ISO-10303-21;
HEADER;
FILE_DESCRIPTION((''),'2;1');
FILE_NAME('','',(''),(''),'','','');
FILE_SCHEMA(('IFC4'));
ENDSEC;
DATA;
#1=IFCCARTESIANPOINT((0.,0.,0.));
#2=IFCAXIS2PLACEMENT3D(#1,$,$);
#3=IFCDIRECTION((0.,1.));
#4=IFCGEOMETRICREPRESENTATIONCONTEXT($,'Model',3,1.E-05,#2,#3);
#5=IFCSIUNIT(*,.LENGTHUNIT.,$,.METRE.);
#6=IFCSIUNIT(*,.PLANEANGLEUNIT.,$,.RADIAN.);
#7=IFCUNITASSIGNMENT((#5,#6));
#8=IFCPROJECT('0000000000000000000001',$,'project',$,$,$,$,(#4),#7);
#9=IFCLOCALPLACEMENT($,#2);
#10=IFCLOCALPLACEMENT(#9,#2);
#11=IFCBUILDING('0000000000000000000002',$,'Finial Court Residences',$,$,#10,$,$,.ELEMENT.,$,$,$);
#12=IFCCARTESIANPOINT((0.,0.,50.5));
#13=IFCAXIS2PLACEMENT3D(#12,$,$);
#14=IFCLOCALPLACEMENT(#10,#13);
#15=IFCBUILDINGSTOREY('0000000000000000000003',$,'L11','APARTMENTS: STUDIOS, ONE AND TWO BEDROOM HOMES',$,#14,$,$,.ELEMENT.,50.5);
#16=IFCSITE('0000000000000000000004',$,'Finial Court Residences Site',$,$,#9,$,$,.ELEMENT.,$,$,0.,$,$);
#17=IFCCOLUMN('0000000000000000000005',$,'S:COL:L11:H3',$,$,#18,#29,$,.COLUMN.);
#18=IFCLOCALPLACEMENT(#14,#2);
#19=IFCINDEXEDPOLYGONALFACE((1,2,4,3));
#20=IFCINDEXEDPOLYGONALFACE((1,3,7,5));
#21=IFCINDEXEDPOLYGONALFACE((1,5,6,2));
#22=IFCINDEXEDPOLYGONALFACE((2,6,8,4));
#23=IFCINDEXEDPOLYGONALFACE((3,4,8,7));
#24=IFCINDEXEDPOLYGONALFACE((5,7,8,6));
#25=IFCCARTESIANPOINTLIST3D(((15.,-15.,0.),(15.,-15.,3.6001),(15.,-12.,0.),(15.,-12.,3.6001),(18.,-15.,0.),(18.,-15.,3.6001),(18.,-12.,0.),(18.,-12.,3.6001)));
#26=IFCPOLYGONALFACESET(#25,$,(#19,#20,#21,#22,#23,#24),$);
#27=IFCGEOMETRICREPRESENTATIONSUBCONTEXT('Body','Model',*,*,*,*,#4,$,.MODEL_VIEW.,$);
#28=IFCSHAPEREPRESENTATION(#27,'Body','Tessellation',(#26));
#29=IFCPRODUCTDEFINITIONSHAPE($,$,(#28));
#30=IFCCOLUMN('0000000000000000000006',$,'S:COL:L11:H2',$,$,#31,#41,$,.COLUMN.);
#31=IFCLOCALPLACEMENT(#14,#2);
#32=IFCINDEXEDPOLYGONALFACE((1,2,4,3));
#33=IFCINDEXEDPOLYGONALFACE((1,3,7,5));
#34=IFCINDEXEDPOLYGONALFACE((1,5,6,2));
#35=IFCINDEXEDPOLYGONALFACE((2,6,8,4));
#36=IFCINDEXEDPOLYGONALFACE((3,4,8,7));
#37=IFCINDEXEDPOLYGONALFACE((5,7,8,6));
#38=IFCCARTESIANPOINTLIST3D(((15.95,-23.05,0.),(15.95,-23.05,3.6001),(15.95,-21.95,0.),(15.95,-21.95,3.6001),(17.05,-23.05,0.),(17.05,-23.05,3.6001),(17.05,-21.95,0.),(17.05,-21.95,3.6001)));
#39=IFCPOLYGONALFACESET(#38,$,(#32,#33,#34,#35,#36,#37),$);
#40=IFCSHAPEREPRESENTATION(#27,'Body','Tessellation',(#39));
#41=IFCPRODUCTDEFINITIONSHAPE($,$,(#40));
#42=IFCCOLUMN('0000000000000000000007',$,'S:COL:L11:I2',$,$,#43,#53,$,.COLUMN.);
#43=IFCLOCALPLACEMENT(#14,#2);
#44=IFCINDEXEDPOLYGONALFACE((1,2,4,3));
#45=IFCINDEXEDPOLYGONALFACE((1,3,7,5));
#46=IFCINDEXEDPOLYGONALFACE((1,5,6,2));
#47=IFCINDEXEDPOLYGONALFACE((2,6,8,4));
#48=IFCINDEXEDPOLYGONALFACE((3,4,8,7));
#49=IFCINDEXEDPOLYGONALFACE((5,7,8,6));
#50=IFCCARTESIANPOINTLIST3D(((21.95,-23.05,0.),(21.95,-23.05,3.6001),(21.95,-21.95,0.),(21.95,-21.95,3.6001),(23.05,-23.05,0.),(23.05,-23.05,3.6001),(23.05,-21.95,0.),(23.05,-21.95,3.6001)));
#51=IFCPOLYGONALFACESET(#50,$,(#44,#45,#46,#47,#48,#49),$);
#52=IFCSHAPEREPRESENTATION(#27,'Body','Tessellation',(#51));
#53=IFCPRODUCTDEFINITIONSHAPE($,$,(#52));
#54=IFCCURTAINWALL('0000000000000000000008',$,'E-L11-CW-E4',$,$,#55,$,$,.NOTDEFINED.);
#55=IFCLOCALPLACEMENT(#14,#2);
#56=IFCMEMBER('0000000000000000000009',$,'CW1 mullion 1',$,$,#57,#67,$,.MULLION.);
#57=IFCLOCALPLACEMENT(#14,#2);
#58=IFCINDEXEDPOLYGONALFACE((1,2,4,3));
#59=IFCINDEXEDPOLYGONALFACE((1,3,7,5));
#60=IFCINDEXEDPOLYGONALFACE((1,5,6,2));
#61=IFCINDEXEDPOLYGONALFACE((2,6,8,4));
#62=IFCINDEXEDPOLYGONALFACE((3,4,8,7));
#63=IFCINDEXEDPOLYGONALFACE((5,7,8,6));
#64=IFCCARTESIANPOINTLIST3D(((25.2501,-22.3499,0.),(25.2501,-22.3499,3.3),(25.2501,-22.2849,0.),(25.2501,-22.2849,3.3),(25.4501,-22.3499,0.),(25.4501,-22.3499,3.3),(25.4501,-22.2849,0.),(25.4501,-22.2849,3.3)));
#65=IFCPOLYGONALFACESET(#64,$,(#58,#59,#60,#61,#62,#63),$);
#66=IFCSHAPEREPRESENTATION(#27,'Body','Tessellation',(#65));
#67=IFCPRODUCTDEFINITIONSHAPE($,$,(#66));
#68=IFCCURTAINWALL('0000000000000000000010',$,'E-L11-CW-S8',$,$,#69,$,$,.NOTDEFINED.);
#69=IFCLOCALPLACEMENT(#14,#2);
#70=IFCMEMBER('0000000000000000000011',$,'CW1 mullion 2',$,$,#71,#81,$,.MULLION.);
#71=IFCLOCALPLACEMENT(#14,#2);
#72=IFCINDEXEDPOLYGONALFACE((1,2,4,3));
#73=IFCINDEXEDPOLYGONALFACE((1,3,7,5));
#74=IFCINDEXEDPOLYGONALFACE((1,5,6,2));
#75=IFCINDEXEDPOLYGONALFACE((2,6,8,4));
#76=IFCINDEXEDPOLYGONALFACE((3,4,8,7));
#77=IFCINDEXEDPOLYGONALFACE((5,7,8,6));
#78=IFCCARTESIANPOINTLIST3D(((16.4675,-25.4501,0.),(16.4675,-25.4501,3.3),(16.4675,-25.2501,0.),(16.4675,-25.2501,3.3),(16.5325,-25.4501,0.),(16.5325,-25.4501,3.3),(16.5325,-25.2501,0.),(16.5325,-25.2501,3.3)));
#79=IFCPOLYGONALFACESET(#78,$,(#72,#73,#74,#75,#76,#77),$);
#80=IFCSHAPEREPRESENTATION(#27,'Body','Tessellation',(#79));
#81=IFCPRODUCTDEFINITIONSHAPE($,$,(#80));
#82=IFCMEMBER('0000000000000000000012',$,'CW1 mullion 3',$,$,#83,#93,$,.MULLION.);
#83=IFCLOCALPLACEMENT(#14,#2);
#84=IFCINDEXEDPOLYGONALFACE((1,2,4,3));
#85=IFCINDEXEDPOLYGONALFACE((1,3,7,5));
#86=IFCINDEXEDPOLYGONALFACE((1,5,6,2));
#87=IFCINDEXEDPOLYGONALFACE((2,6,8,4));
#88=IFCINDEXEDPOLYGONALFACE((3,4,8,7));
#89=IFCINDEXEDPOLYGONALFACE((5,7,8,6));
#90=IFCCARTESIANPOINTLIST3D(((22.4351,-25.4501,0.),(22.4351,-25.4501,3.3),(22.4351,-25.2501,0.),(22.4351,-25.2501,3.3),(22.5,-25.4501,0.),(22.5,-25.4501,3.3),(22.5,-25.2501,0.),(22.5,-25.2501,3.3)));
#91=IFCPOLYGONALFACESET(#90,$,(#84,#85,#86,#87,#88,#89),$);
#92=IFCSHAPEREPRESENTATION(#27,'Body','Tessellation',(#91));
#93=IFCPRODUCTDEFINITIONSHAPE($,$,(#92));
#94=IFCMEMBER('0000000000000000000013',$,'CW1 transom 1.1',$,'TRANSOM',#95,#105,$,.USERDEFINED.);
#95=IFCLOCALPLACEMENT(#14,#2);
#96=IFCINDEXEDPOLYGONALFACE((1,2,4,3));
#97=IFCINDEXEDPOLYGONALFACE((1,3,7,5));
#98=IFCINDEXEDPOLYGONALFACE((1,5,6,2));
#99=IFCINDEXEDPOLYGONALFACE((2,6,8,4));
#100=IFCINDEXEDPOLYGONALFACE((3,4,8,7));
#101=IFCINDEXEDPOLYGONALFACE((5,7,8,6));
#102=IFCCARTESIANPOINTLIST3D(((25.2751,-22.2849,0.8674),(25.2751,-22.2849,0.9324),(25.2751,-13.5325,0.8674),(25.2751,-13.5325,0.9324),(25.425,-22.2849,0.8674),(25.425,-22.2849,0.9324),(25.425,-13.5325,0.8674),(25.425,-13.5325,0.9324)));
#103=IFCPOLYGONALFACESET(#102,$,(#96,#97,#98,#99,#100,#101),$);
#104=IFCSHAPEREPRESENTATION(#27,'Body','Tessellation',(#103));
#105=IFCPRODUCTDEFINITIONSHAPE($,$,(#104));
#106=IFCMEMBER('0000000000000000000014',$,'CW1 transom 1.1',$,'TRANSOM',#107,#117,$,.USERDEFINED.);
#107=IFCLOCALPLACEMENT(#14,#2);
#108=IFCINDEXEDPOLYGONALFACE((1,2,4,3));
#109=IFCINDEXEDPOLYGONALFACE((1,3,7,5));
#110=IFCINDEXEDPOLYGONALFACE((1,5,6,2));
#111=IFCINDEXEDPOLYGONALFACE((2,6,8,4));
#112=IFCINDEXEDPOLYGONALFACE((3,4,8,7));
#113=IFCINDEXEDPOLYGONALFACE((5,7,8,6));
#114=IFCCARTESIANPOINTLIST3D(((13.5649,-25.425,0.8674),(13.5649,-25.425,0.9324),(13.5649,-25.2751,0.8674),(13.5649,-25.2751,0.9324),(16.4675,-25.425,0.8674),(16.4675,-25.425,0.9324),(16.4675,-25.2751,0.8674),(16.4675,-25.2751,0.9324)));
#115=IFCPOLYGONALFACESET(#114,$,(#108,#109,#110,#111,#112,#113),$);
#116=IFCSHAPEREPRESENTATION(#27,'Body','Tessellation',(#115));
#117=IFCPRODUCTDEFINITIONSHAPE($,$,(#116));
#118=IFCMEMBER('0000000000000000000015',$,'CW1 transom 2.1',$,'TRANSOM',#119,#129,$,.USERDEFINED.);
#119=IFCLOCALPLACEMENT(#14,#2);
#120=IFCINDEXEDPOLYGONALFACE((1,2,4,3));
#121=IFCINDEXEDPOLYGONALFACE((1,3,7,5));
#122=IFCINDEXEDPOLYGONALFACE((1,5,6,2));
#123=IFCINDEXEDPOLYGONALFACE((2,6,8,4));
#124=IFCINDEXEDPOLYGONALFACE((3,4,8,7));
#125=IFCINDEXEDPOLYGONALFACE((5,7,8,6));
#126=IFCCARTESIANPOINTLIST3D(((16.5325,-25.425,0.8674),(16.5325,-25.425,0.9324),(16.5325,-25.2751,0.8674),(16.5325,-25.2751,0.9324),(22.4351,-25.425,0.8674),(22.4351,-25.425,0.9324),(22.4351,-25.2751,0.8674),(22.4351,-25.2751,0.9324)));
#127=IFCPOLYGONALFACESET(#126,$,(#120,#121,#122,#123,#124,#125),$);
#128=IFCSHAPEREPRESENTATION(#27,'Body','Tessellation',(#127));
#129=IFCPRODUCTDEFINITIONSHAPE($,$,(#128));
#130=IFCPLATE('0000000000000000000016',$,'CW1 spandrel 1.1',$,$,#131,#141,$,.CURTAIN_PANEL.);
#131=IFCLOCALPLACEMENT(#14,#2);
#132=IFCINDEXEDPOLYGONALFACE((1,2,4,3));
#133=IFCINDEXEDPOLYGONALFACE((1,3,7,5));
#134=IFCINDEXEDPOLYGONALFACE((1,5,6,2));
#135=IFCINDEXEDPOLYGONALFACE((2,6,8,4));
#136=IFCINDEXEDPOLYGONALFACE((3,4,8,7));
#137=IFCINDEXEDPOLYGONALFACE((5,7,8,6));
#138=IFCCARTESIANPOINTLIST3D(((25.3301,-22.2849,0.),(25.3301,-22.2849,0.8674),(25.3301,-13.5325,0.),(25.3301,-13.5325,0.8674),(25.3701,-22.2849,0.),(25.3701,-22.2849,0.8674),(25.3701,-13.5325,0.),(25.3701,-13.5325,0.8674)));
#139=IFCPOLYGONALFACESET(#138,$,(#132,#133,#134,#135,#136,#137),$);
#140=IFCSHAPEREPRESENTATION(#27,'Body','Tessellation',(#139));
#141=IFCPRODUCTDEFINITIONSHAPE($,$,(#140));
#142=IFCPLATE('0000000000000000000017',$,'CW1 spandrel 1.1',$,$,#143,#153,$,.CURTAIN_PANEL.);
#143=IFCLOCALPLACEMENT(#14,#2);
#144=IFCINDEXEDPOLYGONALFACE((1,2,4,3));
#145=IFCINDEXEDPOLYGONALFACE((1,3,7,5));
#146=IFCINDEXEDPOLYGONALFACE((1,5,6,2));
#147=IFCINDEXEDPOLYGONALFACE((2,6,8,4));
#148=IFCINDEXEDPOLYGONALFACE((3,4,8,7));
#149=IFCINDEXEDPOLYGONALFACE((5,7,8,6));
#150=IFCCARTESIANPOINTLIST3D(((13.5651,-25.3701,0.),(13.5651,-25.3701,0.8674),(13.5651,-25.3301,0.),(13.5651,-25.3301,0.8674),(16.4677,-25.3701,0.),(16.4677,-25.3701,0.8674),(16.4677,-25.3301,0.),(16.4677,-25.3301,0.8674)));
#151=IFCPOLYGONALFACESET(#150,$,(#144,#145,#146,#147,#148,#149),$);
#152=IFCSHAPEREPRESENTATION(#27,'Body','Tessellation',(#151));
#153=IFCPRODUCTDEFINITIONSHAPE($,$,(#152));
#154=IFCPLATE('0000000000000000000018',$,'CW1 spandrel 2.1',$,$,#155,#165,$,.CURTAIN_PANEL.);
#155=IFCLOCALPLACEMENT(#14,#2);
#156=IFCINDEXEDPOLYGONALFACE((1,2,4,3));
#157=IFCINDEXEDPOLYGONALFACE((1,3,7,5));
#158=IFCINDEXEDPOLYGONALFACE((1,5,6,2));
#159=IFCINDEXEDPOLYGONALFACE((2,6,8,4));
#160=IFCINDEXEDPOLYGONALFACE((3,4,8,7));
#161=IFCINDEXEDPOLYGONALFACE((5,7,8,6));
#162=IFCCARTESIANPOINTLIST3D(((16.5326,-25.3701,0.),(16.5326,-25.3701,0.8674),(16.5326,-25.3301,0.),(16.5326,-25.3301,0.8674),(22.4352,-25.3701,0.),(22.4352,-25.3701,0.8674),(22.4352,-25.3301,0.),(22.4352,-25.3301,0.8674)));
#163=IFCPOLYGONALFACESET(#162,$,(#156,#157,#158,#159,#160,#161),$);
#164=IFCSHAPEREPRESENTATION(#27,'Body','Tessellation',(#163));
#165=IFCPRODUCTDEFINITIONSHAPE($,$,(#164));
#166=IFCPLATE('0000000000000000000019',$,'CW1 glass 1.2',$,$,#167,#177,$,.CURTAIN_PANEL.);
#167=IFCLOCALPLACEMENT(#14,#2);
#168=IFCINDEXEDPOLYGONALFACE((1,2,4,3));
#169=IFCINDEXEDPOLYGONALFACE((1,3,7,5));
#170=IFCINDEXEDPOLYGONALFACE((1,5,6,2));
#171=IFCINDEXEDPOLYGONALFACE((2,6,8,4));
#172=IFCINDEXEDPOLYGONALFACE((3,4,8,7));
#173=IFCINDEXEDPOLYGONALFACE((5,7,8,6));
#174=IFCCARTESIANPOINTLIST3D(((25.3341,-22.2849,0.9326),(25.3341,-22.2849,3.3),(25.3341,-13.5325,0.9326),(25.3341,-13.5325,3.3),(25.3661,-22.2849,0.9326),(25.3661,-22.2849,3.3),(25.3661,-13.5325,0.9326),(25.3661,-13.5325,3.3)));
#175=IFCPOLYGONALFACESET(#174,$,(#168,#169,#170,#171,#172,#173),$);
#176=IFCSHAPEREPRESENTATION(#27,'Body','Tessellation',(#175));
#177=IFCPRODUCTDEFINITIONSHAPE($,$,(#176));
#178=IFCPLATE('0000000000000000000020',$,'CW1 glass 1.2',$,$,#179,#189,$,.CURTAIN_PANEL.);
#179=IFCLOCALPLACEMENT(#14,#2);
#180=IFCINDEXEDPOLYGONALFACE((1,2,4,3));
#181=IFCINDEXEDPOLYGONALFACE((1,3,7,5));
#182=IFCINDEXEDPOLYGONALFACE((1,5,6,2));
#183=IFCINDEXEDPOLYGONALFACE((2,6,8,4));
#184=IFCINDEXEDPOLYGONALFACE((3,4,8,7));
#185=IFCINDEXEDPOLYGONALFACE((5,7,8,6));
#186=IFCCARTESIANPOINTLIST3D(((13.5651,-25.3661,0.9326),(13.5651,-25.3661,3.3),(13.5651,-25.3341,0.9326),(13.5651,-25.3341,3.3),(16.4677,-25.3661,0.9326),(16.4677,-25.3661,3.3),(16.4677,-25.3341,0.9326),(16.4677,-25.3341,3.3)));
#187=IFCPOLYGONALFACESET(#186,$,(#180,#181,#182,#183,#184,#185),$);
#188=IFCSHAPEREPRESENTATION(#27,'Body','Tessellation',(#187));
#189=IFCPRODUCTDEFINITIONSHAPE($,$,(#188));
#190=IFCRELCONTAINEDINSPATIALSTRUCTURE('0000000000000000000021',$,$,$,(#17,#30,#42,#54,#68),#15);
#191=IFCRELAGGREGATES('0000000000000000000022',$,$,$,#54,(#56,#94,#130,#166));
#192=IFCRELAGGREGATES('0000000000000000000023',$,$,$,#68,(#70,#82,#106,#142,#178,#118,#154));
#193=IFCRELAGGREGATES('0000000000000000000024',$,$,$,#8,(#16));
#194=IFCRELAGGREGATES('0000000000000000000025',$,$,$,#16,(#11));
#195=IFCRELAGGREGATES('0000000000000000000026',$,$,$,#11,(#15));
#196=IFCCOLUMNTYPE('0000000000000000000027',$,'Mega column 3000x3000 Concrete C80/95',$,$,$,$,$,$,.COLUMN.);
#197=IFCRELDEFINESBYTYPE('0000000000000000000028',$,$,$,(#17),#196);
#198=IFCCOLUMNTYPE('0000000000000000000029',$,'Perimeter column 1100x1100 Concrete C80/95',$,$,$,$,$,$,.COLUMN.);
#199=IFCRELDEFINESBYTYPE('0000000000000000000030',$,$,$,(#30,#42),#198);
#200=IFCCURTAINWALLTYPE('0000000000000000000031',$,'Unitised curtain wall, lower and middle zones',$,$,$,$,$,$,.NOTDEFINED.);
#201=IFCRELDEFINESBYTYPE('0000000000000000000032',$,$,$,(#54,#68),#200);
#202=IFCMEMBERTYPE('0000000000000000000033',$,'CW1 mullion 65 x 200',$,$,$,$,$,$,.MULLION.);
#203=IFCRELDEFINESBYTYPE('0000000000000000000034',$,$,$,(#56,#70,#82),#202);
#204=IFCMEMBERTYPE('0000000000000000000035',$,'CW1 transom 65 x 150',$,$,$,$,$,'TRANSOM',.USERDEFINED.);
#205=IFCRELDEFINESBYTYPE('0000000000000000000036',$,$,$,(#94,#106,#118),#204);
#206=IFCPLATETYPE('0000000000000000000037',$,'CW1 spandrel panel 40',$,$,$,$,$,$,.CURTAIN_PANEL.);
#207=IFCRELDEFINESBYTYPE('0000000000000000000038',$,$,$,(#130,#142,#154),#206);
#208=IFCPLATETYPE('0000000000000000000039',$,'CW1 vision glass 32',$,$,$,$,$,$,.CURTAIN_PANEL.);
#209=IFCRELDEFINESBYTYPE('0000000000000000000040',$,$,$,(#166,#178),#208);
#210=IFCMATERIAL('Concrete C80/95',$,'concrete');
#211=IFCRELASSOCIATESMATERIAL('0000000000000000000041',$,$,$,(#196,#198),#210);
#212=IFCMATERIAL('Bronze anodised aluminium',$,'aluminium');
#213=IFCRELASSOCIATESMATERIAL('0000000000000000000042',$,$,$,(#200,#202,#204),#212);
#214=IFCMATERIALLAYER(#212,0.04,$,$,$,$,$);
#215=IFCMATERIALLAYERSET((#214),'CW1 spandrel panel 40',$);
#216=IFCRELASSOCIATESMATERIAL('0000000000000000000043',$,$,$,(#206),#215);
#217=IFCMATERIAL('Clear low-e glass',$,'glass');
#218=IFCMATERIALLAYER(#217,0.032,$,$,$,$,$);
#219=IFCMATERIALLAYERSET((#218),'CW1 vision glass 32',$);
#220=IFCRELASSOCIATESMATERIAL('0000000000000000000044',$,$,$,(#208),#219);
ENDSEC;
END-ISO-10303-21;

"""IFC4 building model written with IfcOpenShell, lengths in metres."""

from ifc_helpers import new_model, si_unit, direction, frame, origin, origin_2d, place, context, subcontext, project, spatial, rectangle, extrude, material, layer, layer_set, material_profile, profile_set, type_object, element, aggregate, save


model = new_model("IFC4")

# Units and contexts
model_context = context("Model", 3, precision=1e-05, world=origin(), true_north=direction((0.0, 1.0)))
body_context = subcontext(model_context, "Body", "Model", "MODEL_VIEW")
ifc_project = project(units=[si_unit("LENGTHUNIT", "METRE"), si_unit("PLANEANGLEUNIT", "RADIAN")], contexts=[model_context])

# Site, building, storey
site_placement = place(None, origin())
site = spatial("IfcSite", under=ifc_project, at=site_placement, Name="Finial Court Residences Site", CompositionType="ELEMENT", RefElevation=0.0)
building_placement = place(site_placement, origin())
building = spatial("IfcBuilding", under=site, at=building_placement, Name="Finial Court Residences", CompositionType="ELEMENT")
storey_placement = place(building_placement, frame((0.0, 0.0, 50.5)))
storey = spatial("IfcBuildingStorey", under=building, at=storey_placement, Name="L11", Description="APARTMENTS: STUDIOS, ONE AND TWO BEDROOM HOMES", CompositionType="ELEMENT", Elevation=50.5)

# Columns
ifc_material_1 = material(Name="Concrete C80/95", Category="concrete")
ifc_material_profile_1 = material_profile(ifc_material_1, rectangle(XDim=3.0, YDim=3.0, at=origin_2d()), Name="3000x3000")
ifc_profile_set_1 = profile_set([ifc_material_profile_1], Name="Concrete C80/95")
column_type_1 = type_object("IfcColumnType", Name="Mega column 3000x3000 Concrete C80/95", PredefinedType="COLUMN", material=ifc_profile_set_1)
column_placement = place(storey_placement, frame((16.5, -13.5, 0.0), z_axis=(0.0, 0.0, 1.0), x_axis=(1.0, 0.0, 0.0)))
element("IfcColumn", 1, at=column_placement, inside=storey, type_object=column_type_1, Name="S:COL:L11:H3", PredefinedType="COLUMN", context=body_context, shape_type="SweptSolid", body=[
    extrude(rectangle(XDim=3.0, YDim=3.0, at=origin_2d()), origin(), (0.0, 0.0, 1.0), 3.6001),
])
ifc_material_profile_2 = material_profile(ifc_material_1, rectangle(XDim=1.1001, YDim=1.1001, at=origin_2d()), Name="1100x1100")
ifc_profile_set_2 = profile_set([ifc_material_profile_2], Name="Concrete C80/95")
column_type_2 = type_object("IfcColumnType", Name="Perimeter column 1100x1100 Concrete C80/95", PredefinedType="COLUMN", material=ifc_profile_set_2)
for number, where, z_axis, x_axis, name in (
    (2, (16.5, -22.5, 0.0), (0.0, 0.0, 1.0), (1.0, 0.0, 0.0), "S:COL:L11:H2"),
    (3, (22.5, -22.5, 0.0), (0.0, 0.0, 1.0), (1.0, 0.0, 0.0), "S:COL:L11:I2"),
):
    element("IfcColumn", number, at=place(storey_placement, frame(where, z_axis=z_axis, x_axis=x_axis)), inside=storey, type_object=column_type_2, Name=name, PredefinedType="COLUMN", context=body_context, shape_type="SweptSolid", body=[
        extrude(rectangle(XDim=1.1001, YDim=1.1001, at=origin_2d()), origin(), (0.0, 0.0, 1.0), 3.6001),
    ])

# Curtain wall, member
ifc_material_2 = material(Name="Bronze anodised aluminium", Category="aluminium")
curtain_wall_type = type_object("IfcCurtainWallType", Name="Unitised curtain wall, lower and middle zones", PredefinedType="NOTDEFINED", material=ifc_material_2)
curtain_wall_1_placement = place(storey_placement, origin())
curtain_wall_1 = element("IfcCurtainWall", 4, at=curtain_wall_1_placement, inside=storey, type_object=curtain_wall_type, Name="E-L11-CW-E4", PredefinedType="NOTDEFINED")
ifc_material_profile_3 = material_profile(ifc_material_2, rectangle(XDim=0.2, YDim=0.0649, at=origin_2d()), Name="CW1 mullion 65 x 200")
ifc_profile_set_3 = profile_set([ifc_material_profile_3], Name="Bronze anodised aluminium")
member_type_1 = type_object("IfcMemberType", Name="CW1 mullion 65 x 200", PredefinedType="MULLION", material=ifc_profile_set_3)
member_1_placement = place(storey_placement, frame((25.3501, -22.3174, 0.0), z_axis=(0.0, 0.0, 1.0), x_axis=(-1.0, 0.0, 0.0)))
member_1 = element("IfcMember", 5, at=member_1_placement, type_object=member_type_1, Name="CW1 mullion 1", PredefinedType="MULLION", context=body_context, shape_type="SweptSolid", body=[
    extrude(rectangle(XDim=0.2, YDim=0.0649, at=origin_2d()), origin(), (0.0, 0.0, 1.0), 3.3),
])

# Curtain wall, members
curtain_wall_2_placement = place(storey_placement, origin())
curtain_wall_2 = element("IfcCurtainWall", 6, at=curtain_wall_2_placement, inside=storey, type_object=curtain_wall_type, Name="E-L11-CW-S8", PredefinedType="NOTDEFINED")
member_2_placement = place(storey_placement, frame((16.5, -25.3501, 0.0), z_axis=(0.0, 0.0, 1.0), x_axis=(0.0, 1.0, 0.0)))
member_2 = element("IfcMember", 7, at=member_2_placement, type_object=member_type_1, Name="CW1 mullion 2", PredefinedType="MULLION", context=body_context, shape_type="SweptSolid", body=[
    extrude(rectangle(XDim=0.2, YDim=0.0649, at=origin_2d()), origin(), (0.0, 0.0, 1.0), 3.3),
])
member_3_placement = place(storey_placement, frame((22.4675, -25.3501, 0.0), z_axis=(0.0, 0.0, 1.0), x_axis=(0.0, 1.0, 0.0)))
member_3 = element("IfcMember", 8, at=member_3_placement, type_object=member_type_1, Name="CW1 mullion 3", PredefinedType="MULLION", context=body_context, shape_type="SweptSolid", body=[
    extrude(rectangle(XDim=0.2, YDim=0.0649, at=origin_2d()), origin(), (0.0, 0.0, 1.0), 3.3),
])

# Members
ifc_material_profile_4 = material_profile(ifc_material_2, rectangle(XDim=0.1499, YDim=0.0649, at=origin_2d()), Name="CW1 transom 65 x 150")
ifc_profile_set_4 = profile_set([ifc_material_profile_4], Name="Bronze anodised aluminium")
member_type_2 = type_object("IfcMemberType", Name="CW1 transom 65 x 150", ElementType="TRANSOM", PredefinedType="USERDEFINED", material=ifc_profile_set_4)
member_4_placement = place(storey_placement, frame((25.3501, -22.2849, 0.8999), z_axis=(0.0, 1.0, 0.0), x_axis=(-1.0, 0.0, 0.0)))
member_4 = element("IfcMember", 9, at=member_4_placement, type_object=member_type_2, Name="CW1 transom 1.1", ObjectType="TRANSOM", PredefinedType="USERDEFINED", context=body_context, shape_type="SweptSolid", body=[
    extrude(rectangle(XDim=0.1499, YDim=0.0649, at=origin_2d()), origin(), (0.0, 0.0, 1.0), 8.7524),
])
member_5_placement = place(storey_placement, frame((13.5649, -25.3501, 0.8999), z_axis=(1.0, 0.0, 0.0), x_axis=(0.0, 1.0, 0.0)))
member_5 = element("IfcMember", 10, at=member_5_placement, type_object=member_type_2, Name="CW1 transom 1.1", ObjectType="TRANSOM", PredefinedType="USERDEFINED", context=body_context, shape_type="SweptSolid", body=[
    extrude(rectangle(XDim=0.1499, YDim=0.0649, at=origin_2d()), origin(), (0.0, 0.0, 1.0), 2.9026),
])
member_6_placement = place(storey_placement, frame((16.5325, -25.3501, 0.8999), z_axis=(1.0, 0.0, 0.0), x_axis=(0.0, 1.0, 0.0)))
member_6 = element("IfcMember", 11, at=member_6_placement, type_object=member_type_2, Name="CW1 transom 2.1", ObjectType="TRANSOM", PredefinedType="USERDEFINED", context=body_context, shape_type="SweptSolid", body=[
    extrude(rectangle(XDim=0.1499, YDim=0.0649, at=origin_2d()), origin(), (0.0, 0.0, 1.0), 5.9026),
])

# Plates
ifc_layer_1 = layer(ifc_material_2, 0.04)
ifc_layer_set_1 = layer_set([ifc_layer_1], Name="CW1 spandrel panel 40")
plate_type_1 = type_object("IfcPlateType", Name="CW1 spandrel panel 40", PredefinedType="CURTAIN_PANEL", material=ifc_layer_set_1)
plate_1_placement = place(storey_placement, frame((25.3501, -17.9087, 0.0), z_axis=(0.0, 0.0, 1.0), x_axis=(0.0, 1.0, 0.0)))
plate_1 = element("IfcPlate", 12, at=plate_1_placement, type_object=plate_type_1, Name="CW1 spandrel 1.1", PredefinedType="CURTAIN_PANEL", context=body_context, shape_type="SweptSolid", body=[
    extrude(rectangle(XDim=8.7524, YDim=0.04, at=origin_2d()), origin(), (0.0, 0.0, 1.0), 0.8674),
])
plate_2_placement = place(storey_placement, frame((15.0164, -25.3501, 0.0), z_axis=(0.0, 0.0, 1.0), x_axis=(1.0, 0.0, 0.0)))
plate_2 = element("IfcPlate", 13, at=plate_2_placement, type_object=plate_type_1, Name="CW1 spandrel 1.1", PredefinedType="CURTAIN_PANEL", context=body_context, shape_type="SweptSolid", body=[
    extrude(rectangle(XDim=2.9026, YDim=0.04, at=origin_2d()), origin(), (0.0, 0.0, 1.0), 0.8674),
])
plate_3_placement = place(storey_placement, frame((19.4839, -25.3501, 0.0), z_axis=(0.0, 0.0, 1.0), x_axis=(1.0, 0.0, 0.0)))
plate_3 = element("IfcPlate", 14, at=plate_3_placement, type_object=plate_type_1, Name="CW1 spandrel 2.1", PredefinedType="CURTAIN_PANEL", context=body_context, shape_type="SweptSolid", body=[
    extrude(rectangle(XDim=5.9026, YDim=0.04, at=origin_2d()), origin(), (0.0, 0.0, 1.0), 0.8674),
])
ifc_material_3 = material(Name="Clear low-e glass", Category="glass")
ifc_layer_2 = layer(ifc_material_3, 0.032)
ifc_layer_set_2 = layer_set([ifc_layer_2], Name="CW1 vision glass 32")
plate_type_2 = type_object("IfcPlateType", Name="CW1 vision glass 32", PredefinedType="CURTAIN_PANEL", material=ifc_layer_set_2)
plate_4_placement = place(storey_placement, frame((25.3501, -17.9087, 0.9326), z_axis=(0.0, 0.0, 1.0), x_axis=(0.0, 1.0, 0.0)))
plate_4 = element("IfcPlate", 15, at=plate_4_placement, type_object=plate_type_2, Name="CW1 glass 1.2", PredefinedType="CURTAIN_PANEL", context=body_context, shape_type="SweptSolid", body=[
    extrude(rectangle(XDim=8.7524, YDim=0.032, at=origin_2d()), origin(), (0.0, 0.0, 1.0), 2.3674),
])
aggregate(curtain_wall_1, [member_1, member_4, plate_1, plate_4])
plate_5_placement = place(storey_placement, frame((15.0164, -25.3501, 0.9326), z_axis=(0.0, 0.0, 1.0), x_axis=(1.0, 0.0, 0.0)))
plate_5 = element("IfcPlate", 16, at=plate_5_placement, type_object=plate_type_2, Name="CW1 glass 1.2", PredefinedType="CURTAIN_PANEL", context=body_context, shape_type="SweptSolid", body=[
    extrude(rectangle(XDim=2.9026, YDim=0.032, at=origin_2d()), origin(), (0.0, 0.0, 1.0), 2.3674),
])
aggregate(curtain_wall_2, [member_2, member_3, member_5, plate_2, plate_5, member_6, plate_3])

save(model, "model.ifc")
